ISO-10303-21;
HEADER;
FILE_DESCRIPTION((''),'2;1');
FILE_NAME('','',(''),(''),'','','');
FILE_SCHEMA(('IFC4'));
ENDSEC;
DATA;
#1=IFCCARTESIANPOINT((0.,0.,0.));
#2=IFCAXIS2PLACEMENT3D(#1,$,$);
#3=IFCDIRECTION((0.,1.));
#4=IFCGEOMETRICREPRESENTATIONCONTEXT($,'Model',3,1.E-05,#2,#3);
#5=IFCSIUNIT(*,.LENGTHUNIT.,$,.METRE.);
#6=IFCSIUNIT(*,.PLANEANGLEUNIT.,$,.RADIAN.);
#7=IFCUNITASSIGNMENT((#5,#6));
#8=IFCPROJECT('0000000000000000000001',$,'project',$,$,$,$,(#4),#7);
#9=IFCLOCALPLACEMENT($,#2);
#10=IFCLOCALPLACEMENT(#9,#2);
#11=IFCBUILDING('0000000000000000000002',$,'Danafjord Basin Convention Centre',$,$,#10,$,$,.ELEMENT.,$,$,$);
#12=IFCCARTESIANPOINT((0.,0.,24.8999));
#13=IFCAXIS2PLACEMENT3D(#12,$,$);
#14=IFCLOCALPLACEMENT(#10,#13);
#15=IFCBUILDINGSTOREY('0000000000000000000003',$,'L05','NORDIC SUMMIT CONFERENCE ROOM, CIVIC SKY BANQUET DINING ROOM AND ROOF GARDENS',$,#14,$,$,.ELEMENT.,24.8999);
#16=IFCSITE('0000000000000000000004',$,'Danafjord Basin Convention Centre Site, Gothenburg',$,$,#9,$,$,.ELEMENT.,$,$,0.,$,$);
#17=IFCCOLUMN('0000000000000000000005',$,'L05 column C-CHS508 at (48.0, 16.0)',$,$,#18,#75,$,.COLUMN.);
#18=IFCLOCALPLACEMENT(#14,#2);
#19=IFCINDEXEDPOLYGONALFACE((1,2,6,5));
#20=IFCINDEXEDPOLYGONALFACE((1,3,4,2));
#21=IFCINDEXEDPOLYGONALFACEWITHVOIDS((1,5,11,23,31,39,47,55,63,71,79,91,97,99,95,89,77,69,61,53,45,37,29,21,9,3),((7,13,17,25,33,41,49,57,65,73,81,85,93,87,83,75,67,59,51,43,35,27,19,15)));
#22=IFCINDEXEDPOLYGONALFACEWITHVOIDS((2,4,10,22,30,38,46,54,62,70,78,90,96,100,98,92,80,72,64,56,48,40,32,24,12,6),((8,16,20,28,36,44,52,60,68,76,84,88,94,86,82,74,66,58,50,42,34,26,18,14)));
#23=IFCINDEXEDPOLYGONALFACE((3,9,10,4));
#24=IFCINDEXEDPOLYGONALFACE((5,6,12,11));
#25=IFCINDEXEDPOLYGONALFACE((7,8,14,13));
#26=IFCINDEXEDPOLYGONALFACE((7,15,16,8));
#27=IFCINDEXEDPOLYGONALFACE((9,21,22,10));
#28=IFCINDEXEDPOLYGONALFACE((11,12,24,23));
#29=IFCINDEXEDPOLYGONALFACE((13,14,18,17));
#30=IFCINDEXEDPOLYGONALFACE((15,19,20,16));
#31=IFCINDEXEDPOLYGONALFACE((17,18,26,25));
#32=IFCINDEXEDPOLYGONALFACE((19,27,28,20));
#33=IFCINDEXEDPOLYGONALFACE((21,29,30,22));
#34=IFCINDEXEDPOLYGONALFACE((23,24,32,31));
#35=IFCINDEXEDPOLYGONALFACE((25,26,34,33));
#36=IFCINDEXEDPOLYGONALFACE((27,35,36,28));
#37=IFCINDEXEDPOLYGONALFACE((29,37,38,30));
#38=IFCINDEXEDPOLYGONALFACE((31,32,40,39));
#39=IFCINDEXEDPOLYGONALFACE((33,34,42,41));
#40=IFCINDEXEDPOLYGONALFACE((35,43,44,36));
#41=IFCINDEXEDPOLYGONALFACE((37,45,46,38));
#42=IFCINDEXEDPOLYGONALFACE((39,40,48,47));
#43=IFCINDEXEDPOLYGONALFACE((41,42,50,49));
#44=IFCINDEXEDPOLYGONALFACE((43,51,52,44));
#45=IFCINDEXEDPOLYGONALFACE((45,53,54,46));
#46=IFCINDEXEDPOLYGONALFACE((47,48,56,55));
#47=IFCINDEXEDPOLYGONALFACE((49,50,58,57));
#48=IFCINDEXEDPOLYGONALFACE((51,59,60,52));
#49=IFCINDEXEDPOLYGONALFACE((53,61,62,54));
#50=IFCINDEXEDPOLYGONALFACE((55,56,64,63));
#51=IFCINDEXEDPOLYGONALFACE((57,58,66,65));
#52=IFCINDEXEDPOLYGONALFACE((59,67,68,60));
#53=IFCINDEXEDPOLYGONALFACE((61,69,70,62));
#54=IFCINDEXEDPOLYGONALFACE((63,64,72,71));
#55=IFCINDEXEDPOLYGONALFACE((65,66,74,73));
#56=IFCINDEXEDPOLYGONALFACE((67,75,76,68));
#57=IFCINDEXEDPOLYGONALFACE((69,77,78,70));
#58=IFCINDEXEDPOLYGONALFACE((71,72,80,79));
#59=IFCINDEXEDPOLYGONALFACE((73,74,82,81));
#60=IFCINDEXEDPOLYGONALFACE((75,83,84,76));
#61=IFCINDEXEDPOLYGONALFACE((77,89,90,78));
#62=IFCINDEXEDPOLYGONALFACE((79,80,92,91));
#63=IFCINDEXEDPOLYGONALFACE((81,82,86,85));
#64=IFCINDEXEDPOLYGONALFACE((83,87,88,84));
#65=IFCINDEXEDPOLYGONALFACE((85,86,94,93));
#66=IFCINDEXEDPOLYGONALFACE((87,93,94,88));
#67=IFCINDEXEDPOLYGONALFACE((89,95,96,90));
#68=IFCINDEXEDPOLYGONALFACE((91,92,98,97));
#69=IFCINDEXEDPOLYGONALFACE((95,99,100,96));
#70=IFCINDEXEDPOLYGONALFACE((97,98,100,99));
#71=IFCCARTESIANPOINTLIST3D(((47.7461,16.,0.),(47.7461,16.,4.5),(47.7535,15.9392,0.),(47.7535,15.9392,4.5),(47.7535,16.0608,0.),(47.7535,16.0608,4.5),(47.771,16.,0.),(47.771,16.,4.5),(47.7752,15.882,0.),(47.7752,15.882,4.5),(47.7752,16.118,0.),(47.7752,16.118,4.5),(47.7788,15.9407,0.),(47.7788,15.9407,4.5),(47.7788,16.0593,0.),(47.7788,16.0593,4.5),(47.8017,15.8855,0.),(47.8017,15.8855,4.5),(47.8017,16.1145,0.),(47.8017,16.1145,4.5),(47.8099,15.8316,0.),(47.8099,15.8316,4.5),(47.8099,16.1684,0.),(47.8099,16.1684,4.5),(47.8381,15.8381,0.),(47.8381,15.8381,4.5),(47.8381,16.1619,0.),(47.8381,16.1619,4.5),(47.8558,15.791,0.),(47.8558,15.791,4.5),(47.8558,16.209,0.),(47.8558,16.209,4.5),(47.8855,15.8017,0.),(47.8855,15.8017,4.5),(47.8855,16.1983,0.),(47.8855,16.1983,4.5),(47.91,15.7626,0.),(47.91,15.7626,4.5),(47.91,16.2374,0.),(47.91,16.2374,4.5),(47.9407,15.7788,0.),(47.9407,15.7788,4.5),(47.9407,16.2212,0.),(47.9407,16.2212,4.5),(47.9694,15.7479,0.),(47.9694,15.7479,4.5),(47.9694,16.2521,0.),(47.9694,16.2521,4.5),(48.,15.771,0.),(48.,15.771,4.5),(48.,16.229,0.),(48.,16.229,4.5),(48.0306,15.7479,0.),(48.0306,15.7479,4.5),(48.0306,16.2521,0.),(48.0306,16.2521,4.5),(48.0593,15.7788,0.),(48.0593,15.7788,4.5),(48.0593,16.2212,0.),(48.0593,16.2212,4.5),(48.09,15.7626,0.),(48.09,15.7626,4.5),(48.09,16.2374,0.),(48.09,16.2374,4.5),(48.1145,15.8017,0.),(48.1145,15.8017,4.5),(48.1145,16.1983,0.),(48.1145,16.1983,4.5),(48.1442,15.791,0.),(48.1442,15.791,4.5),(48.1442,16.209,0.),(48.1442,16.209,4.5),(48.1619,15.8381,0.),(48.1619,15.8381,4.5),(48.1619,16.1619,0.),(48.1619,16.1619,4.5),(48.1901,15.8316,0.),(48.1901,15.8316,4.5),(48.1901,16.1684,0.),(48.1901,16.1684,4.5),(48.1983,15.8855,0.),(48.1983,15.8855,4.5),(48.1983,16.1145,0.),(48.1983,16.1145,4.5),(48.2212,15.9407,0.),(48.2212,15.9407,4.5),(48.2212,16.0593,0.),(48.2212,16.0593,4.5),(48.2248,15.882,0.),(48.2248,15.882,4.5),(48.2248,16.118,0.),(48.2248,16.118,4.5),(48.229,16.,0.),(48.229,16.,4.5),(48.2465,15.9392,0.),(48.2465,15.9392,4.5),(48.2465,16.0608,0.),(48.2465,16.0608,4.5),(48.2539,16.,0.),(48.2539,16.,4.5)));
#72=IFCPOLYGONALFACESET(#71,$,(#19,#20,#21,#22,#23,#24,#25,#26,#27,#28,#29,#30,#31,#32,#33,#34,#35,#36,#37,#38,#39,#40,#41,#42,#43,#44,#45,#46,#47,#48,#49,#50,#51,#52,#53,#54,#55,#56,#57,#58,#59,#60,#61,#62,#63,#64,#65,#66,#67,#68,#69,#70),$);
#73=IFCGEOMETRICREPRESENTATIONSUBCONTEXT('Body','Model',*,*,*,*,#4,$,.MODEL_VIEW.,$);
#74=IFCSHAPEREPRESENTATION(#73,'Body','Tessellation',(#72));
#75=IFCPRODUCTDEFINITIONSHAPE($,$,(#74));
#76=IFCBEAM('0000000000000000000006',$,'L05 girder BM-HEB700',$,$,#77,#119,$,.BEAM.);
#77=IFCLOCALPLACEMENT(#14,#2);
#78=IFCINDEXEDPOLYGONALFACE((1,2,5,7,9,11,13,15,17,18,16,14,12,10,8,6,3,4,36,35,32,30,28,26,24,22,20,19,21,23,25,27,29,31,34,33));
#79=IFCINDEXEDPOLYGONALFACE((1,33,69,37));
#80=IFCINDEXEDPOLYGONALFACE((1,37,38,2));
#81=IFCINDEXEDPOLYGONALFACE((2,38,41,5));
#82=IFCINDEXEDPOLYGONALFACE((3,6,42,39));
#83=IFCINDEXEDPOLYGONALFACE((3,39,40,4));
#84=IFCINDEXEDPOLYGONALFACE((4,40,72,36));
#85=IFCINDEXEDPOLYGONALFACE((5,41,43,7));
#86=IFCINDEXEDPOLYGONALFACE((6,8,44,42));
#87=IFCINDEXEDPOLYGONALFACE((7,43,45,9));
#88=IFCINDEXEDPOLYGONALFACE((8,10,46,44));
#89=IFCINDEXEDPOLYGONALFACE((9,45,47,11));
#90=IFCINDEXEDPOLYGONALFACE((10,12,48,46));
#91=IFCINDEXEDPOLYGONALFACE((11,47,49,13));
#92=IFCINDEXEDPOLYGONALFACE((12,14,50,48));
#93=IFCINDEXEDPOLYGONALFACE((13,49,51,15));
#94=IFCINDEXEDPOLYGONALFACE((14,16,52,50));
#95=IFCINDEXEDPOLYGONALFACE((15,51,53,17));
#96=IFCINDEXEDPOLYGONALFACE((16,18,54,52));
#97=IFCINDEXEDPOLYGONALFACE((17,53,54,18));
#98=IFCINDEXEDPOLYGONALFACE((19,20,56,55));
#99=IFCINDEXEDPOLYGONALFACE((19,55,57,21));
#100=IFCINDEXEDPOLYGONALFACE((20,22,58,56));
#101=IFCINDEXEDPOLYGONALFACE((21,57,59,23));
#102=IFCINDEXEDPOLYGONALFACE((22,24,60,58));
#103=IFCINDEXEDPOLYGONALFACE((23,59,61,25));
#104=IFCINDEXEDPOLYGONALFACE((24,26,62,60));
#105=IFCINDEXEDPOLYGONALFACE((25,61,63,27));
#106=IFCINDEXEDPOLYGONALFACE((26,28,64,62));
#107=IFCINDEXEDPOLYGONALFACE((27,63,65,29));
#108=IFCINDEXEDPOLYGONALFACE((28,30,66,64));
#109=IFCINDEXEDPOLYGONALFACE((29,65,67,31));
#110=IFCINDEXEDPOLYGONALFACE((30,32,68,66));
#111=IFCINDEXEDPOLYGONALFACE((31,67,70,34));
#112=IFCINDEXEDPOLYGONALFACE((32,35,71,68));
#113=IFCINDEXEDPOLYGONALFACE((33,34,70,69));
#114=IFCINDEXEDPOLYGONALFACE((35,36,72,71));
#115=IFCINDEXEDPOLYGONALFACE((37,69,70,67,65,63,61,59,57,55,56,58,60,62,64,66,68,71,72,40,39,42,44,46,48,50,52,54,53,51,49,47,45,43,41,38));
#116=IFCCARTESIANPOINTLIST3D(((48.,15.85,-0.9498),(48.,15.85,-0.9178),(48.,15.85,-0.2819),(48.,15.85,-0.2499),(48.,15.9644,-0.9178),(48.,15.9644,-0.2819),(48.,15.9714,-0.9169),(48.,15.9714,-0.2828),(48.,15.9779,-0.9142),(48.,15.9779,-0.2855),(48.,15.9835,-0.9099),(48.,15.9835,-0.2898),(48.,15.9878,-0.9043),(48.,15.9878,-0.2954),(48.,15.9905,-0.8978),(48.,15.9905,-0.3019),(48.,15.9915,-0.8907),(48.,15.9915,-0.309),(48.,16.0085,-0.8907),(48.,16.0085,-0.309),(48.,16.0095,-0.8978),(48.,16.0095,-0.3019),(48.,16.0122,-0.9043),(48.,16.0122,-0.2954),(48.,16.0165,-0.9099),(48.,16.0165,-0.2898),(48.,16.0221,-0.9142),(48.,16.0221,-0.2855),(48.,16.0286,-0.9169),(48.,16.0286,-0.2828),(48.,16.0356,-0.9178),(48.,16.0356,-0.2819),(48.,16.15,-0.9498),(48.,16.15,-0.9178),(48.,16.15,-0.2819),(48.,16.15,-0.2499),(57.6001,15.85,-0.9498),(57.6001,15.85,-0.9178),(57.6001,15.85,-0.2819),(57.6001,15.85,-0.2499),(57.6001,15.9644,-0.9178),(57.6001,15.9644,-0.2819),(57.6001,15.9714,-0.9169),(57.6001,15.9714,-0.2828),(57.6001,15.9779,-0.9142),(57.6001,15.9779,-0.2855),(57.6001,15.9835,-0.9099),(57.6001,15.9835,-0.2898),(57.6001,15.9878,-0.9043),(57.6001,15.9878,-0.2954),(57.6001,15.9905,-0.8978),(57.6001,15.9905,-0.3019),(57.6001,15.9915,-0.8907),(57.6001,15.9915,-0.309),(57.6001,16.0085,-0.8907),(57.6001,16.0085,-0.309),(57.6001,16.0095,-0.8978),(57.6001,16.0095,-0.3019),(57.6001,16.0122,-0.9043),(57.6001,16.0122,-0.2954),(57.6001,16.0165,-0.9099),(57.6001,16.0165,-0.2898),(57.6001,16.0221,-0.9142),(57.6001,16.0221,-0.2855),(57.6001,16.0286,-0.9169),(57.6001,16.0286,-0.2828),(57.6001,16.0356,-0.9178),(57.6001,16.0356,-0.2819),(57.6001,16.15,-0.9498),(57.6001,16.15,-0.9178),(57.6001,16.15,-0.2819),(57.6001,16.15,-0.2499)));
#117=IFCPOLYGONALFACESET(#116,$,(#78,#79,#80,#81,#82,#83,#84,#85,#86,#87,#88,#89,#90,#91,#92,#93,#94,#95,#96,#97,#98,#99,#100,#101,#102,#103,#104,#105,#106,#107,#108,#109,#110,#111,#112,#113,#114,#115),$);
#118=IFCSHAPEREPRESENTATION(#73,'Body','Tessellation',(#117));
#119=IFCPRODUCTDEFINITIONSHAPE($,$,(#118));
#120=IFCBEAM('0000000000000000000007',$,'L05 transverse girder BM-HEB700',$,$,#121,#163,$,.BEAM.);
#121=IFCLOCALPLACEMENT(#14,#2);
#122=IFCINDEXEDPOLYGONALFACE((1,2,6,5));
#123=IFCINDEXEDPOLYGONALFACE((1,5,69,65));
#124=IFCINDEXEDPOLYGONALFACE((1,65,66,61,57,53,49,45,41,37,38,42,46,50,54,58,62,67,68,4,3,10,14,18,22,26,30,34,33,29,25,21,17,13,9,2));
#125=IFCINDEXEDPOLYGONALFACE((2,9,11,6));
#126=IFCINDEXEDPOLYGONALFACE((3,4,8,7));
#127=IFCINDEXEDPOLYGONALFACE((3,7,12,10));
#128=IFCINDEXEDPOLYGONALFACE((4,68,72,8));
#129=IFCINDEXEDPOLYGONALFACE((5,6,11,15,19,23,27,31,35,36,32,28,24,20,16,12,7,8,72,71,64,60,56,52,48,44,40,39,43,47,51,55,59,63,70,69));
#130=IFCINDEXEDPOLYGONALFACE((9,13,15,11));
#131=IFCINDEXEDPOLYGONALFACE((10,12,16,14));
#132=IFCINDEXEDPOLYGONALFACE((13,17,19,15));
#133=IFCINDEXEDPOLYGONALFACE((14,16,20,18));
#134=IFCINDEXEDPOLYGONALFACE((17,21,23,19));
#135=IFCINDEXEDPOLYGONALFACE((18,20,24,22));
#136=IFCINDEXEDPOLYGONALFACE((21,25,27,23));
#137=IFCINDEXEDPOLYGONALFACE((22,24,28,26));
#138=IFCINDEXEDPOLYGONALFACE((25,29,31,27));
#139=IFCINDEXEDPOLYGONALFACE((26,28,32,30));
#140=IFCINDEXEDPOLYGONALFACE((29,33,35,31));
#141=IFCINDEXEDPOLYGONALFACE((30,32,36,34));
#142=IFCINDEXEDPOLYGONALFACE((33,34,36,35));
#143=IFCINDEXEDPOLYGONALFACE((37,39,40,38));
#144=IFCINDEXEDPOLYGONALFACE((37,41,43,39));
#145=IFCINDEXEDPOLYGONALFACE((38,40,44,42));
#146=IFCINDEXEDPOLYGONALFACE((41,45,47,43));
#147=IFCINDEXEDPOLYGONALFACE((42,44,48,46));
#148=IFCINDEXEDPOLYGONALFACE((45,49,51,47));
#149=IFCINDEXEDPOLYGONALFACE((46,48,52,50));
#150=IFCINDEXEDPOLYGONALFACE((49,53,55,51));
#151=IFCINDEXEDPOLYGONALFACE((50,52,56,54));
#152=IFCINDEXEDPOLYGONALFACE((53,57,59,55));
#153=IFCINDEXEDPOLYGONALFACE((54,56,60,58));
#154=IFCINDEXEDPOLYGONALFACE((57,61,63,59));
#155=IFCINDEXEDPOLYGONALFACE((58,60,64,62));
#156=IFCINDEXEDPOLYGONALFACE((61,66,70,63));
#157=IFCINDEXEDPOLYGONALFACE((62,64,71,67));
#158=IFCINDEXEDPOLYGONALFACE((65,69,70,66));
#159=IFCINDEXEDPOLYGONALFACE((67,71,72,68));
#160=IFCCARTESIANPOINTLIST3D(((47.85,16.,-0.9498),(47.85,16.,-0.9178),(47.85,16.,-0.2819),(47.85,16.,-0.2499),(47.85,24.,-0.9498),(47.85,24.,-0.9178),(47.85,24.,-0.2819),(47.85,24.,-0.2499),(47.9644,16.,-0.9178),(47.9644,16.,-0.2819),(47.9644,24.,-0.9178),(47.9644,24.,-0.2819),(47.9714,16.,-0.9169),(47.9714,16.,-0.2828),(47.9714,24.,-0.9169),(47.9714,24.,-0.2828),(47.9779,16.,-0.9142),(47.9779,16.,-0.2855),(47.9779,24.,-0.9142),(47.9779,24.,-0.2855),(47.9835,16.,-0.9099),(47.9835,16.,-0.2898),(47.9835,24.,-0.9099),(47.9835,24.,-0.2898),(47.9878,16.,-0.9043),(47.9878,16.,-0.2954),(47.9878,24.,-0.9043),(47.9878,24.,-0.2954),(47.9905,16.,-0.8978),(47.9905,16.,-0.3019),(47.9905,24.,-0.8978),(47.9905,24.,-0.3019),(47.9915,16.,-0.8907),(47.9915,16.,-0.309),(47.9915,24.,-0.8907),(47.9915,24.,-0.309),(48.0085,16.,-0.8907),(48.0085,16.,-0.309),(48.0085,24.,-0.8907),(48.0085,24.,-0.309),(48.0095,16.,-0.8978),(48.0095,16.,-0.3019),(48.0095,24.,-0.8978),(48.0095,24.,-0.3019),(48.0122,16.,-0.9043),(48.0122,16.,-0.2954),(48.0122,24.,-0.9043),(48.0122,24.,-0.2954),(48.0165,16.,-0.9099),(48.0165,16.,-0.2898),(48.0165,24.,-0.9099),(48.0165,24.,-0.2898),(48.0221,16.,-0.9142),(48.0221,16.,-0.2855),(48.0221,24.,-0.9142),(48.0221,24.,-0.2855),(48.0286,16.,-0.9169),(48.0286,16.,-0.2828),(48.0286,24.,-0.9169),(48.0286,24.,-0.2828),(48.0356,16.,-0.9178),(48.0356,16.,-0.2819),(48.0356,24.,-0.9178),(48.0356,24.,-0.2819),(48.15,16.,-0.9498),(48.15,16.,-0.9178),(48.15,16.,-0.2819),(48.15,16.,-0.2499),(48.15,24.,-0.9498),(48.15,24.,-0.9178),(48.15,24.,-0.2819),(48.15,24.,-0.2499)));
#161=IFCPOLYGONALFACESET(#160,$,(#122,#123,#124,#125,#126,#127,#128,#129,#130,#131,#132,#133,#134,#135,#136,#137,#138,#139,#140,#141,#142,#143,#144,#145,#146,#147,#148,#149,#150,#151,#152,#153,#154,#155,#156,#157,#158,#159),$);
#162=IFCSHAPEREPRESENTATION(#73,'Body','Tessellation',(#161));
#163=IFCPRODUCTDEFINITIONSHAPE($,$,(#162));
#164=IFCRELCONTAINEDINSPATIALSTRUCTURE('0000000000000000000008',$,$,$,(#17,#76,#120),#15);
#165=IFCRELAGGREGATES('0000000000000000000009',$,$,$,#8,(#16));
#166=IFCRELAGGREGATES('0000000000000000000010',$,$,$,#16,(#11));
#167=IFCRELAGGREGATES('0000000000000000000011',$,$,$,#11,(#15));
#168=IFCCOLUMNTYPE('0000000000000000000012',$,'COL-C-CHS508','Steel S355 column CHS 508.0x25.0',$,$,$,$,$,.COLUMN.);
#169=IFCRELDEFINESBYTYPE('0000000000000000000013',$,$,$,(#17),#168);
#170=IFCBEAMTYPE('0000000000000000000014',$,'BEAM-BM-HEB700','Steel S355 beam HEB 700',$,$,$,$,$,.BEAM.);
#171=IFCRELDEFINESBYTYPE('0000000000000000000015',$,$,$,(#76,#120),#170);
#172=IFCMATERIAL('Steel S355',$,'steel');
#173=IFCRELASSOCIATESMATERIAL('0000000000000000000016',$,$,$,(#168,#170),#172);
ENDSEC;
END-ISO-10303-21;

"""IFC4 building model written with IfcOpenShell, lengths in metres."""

from ifc_helpers import new_model, si_unit, direction, frame, origin, origin_2d, place, context, subcontext, project, spatial, hollow_circle, i_section, extrude, material, material_profile, profile_set, type_object, element, save


model = new_model("IFC4")

# Units and contexts
model_context = context("Model", 3, precision=1e-05, world=origin(), true_north=direction((0.0, 1.0)))
body_context = subcontext(model_context, "Body", "Model", "MODEL_VIEW")
ifc_project = project(units=[si_unit("LENGTHUNIT", "METRE"), si_unit("PLANEANGLEUNIT", "RADIAN")], contexts=[model_context])

# Site, building, storey
site_placement = place(None, origin())
site = spatial("IfcSite", under=ifc_project, at=site_placement, Name="Danafjord Basin Convention Centre Site, Gothenburg", CompositionType="ELEMENT", RefElevation=0.0)
building_placement = place(site_placement, origin())
building = spatial("IfcBuilding", under=site, at=building_placement, Name="Danafjord Basin Convention Centre", CompositionType="ELEMENT")
storey_placement = place(building_placement, frame((0.0, 0.0, 24.8999)))
storey = spatial("IfcBuildingStorey", under=building, at=storey_placement, Name="L05", Description="NORDIC SUMMIT CONFERENCE ROOM, CIVIC SKY BANQUET DINING ROOM AND ROOF GARDENS", CompositionType="ELEMENT", Elevation=24.8999)

# Column
ifc_material_1 = material(Name="Steel S355", Category="steel")
ifc_material_profile_1 = material_profile(ifc_material_1, hollow_circle(Radius=0.2539, WallThickness=0.0249, at=origin_2d()), Name="CHS 508.0x25.0")
ifc_profile_set_1 = profile_set([ifc_material_profile_1], Name="Steel S355")
column_type = type_object("IfcColumnType", Name="COL-C-CHS508", Description="Steel S355 column CHS 508.0x25.0", PredefinedType="COLUMN", material=ifc_profile_set_1)
column_placement = place(storey_placement, frame((48.0, 16.0, 0.0), z_axis=(0.0, 0.0, 1.0), x_axis=(1.0, 0.0, 0.0)))
element("IfcColumn", 1, at=column_placement, inside=storey, type_object=column_type, Name="L05 column C-CHS508 at (48.0, 16.0)", PredefinedType="COLUMN", context=body_context, shape_type="SweptSolid", body=[
    extrude(hollow_circle(Radius=0.2539, WallThickness=0.0249, at=origin_2d()), origin(), (0.0, 0.0, 1.0), 4.5),
])

# Beams
ifc_material_profile_2 = material_profile(ifc_material_1, i_section(OverallWidth=0.3, OverallDepth=0.7, WebThickness=0.0171, FlangeThickness=0.032, FilletRadius=0.0271, at=origin_2d()), Name="HEB 700")
ifc_profile_set_2 = profile_set([ifc_material_profile_2], Name="Steel S355")
beam_type_1 = type_object("IfcBeamType", Name="BEAM-BM-HEB700", Description="Steel S355 beam HEB 700", PredefinedType="BEAM", material=ifc_profile_set_2)
beam_1_placement = place(storey_placement, frame((48.0, 16.0, -0.5999), z_axis=(1.0, 0.0, 0.0), x_axis=(0.0, 1.0, 0.0)))
element("IfcBeam", 2, at=beam_1_placement, inside=storey, type_object=beam_type_1, Name="L05 girder BM-HEB700", PredefinedType="BEAM", context=body_context, shape_type="SweptSolid", body=[
    extrude(i_section(OverallWidth=0.3, OverallDepth=0.7, WebThickness=0.0171, FlangeThickness=0.032, FilletRadius=0.0271, at=origin_2d()), origin(), (0.0, 0.0, 1.0), 9.6001),
])
beam_2_placement = place(storey_placement, frame((48.0, 16.0, -0.5999), z_axis=(0.0, 1.0, 0.0), x_axis=(-1.0, 0.0, 0.0)))
element("IfcBeam", 3, at=beam_2_placement, inside=storey, type_object=beam_type_1, Name="L05 transverse girder BM-HEB700", PredefinedType="BEAM", context=body_context, shape_type="SweptSolid", body=[
    extrude(i_section(OverallWidth=0.3, OverallDepth=0.7, WebThickness=0.0171, FlangeThickness=0.032, FilletRadius=0.0271, at=origin_2d()), origin(), (0.0, 0.0, 1.0), 8.0),
])

save(model, "model.ifc")
